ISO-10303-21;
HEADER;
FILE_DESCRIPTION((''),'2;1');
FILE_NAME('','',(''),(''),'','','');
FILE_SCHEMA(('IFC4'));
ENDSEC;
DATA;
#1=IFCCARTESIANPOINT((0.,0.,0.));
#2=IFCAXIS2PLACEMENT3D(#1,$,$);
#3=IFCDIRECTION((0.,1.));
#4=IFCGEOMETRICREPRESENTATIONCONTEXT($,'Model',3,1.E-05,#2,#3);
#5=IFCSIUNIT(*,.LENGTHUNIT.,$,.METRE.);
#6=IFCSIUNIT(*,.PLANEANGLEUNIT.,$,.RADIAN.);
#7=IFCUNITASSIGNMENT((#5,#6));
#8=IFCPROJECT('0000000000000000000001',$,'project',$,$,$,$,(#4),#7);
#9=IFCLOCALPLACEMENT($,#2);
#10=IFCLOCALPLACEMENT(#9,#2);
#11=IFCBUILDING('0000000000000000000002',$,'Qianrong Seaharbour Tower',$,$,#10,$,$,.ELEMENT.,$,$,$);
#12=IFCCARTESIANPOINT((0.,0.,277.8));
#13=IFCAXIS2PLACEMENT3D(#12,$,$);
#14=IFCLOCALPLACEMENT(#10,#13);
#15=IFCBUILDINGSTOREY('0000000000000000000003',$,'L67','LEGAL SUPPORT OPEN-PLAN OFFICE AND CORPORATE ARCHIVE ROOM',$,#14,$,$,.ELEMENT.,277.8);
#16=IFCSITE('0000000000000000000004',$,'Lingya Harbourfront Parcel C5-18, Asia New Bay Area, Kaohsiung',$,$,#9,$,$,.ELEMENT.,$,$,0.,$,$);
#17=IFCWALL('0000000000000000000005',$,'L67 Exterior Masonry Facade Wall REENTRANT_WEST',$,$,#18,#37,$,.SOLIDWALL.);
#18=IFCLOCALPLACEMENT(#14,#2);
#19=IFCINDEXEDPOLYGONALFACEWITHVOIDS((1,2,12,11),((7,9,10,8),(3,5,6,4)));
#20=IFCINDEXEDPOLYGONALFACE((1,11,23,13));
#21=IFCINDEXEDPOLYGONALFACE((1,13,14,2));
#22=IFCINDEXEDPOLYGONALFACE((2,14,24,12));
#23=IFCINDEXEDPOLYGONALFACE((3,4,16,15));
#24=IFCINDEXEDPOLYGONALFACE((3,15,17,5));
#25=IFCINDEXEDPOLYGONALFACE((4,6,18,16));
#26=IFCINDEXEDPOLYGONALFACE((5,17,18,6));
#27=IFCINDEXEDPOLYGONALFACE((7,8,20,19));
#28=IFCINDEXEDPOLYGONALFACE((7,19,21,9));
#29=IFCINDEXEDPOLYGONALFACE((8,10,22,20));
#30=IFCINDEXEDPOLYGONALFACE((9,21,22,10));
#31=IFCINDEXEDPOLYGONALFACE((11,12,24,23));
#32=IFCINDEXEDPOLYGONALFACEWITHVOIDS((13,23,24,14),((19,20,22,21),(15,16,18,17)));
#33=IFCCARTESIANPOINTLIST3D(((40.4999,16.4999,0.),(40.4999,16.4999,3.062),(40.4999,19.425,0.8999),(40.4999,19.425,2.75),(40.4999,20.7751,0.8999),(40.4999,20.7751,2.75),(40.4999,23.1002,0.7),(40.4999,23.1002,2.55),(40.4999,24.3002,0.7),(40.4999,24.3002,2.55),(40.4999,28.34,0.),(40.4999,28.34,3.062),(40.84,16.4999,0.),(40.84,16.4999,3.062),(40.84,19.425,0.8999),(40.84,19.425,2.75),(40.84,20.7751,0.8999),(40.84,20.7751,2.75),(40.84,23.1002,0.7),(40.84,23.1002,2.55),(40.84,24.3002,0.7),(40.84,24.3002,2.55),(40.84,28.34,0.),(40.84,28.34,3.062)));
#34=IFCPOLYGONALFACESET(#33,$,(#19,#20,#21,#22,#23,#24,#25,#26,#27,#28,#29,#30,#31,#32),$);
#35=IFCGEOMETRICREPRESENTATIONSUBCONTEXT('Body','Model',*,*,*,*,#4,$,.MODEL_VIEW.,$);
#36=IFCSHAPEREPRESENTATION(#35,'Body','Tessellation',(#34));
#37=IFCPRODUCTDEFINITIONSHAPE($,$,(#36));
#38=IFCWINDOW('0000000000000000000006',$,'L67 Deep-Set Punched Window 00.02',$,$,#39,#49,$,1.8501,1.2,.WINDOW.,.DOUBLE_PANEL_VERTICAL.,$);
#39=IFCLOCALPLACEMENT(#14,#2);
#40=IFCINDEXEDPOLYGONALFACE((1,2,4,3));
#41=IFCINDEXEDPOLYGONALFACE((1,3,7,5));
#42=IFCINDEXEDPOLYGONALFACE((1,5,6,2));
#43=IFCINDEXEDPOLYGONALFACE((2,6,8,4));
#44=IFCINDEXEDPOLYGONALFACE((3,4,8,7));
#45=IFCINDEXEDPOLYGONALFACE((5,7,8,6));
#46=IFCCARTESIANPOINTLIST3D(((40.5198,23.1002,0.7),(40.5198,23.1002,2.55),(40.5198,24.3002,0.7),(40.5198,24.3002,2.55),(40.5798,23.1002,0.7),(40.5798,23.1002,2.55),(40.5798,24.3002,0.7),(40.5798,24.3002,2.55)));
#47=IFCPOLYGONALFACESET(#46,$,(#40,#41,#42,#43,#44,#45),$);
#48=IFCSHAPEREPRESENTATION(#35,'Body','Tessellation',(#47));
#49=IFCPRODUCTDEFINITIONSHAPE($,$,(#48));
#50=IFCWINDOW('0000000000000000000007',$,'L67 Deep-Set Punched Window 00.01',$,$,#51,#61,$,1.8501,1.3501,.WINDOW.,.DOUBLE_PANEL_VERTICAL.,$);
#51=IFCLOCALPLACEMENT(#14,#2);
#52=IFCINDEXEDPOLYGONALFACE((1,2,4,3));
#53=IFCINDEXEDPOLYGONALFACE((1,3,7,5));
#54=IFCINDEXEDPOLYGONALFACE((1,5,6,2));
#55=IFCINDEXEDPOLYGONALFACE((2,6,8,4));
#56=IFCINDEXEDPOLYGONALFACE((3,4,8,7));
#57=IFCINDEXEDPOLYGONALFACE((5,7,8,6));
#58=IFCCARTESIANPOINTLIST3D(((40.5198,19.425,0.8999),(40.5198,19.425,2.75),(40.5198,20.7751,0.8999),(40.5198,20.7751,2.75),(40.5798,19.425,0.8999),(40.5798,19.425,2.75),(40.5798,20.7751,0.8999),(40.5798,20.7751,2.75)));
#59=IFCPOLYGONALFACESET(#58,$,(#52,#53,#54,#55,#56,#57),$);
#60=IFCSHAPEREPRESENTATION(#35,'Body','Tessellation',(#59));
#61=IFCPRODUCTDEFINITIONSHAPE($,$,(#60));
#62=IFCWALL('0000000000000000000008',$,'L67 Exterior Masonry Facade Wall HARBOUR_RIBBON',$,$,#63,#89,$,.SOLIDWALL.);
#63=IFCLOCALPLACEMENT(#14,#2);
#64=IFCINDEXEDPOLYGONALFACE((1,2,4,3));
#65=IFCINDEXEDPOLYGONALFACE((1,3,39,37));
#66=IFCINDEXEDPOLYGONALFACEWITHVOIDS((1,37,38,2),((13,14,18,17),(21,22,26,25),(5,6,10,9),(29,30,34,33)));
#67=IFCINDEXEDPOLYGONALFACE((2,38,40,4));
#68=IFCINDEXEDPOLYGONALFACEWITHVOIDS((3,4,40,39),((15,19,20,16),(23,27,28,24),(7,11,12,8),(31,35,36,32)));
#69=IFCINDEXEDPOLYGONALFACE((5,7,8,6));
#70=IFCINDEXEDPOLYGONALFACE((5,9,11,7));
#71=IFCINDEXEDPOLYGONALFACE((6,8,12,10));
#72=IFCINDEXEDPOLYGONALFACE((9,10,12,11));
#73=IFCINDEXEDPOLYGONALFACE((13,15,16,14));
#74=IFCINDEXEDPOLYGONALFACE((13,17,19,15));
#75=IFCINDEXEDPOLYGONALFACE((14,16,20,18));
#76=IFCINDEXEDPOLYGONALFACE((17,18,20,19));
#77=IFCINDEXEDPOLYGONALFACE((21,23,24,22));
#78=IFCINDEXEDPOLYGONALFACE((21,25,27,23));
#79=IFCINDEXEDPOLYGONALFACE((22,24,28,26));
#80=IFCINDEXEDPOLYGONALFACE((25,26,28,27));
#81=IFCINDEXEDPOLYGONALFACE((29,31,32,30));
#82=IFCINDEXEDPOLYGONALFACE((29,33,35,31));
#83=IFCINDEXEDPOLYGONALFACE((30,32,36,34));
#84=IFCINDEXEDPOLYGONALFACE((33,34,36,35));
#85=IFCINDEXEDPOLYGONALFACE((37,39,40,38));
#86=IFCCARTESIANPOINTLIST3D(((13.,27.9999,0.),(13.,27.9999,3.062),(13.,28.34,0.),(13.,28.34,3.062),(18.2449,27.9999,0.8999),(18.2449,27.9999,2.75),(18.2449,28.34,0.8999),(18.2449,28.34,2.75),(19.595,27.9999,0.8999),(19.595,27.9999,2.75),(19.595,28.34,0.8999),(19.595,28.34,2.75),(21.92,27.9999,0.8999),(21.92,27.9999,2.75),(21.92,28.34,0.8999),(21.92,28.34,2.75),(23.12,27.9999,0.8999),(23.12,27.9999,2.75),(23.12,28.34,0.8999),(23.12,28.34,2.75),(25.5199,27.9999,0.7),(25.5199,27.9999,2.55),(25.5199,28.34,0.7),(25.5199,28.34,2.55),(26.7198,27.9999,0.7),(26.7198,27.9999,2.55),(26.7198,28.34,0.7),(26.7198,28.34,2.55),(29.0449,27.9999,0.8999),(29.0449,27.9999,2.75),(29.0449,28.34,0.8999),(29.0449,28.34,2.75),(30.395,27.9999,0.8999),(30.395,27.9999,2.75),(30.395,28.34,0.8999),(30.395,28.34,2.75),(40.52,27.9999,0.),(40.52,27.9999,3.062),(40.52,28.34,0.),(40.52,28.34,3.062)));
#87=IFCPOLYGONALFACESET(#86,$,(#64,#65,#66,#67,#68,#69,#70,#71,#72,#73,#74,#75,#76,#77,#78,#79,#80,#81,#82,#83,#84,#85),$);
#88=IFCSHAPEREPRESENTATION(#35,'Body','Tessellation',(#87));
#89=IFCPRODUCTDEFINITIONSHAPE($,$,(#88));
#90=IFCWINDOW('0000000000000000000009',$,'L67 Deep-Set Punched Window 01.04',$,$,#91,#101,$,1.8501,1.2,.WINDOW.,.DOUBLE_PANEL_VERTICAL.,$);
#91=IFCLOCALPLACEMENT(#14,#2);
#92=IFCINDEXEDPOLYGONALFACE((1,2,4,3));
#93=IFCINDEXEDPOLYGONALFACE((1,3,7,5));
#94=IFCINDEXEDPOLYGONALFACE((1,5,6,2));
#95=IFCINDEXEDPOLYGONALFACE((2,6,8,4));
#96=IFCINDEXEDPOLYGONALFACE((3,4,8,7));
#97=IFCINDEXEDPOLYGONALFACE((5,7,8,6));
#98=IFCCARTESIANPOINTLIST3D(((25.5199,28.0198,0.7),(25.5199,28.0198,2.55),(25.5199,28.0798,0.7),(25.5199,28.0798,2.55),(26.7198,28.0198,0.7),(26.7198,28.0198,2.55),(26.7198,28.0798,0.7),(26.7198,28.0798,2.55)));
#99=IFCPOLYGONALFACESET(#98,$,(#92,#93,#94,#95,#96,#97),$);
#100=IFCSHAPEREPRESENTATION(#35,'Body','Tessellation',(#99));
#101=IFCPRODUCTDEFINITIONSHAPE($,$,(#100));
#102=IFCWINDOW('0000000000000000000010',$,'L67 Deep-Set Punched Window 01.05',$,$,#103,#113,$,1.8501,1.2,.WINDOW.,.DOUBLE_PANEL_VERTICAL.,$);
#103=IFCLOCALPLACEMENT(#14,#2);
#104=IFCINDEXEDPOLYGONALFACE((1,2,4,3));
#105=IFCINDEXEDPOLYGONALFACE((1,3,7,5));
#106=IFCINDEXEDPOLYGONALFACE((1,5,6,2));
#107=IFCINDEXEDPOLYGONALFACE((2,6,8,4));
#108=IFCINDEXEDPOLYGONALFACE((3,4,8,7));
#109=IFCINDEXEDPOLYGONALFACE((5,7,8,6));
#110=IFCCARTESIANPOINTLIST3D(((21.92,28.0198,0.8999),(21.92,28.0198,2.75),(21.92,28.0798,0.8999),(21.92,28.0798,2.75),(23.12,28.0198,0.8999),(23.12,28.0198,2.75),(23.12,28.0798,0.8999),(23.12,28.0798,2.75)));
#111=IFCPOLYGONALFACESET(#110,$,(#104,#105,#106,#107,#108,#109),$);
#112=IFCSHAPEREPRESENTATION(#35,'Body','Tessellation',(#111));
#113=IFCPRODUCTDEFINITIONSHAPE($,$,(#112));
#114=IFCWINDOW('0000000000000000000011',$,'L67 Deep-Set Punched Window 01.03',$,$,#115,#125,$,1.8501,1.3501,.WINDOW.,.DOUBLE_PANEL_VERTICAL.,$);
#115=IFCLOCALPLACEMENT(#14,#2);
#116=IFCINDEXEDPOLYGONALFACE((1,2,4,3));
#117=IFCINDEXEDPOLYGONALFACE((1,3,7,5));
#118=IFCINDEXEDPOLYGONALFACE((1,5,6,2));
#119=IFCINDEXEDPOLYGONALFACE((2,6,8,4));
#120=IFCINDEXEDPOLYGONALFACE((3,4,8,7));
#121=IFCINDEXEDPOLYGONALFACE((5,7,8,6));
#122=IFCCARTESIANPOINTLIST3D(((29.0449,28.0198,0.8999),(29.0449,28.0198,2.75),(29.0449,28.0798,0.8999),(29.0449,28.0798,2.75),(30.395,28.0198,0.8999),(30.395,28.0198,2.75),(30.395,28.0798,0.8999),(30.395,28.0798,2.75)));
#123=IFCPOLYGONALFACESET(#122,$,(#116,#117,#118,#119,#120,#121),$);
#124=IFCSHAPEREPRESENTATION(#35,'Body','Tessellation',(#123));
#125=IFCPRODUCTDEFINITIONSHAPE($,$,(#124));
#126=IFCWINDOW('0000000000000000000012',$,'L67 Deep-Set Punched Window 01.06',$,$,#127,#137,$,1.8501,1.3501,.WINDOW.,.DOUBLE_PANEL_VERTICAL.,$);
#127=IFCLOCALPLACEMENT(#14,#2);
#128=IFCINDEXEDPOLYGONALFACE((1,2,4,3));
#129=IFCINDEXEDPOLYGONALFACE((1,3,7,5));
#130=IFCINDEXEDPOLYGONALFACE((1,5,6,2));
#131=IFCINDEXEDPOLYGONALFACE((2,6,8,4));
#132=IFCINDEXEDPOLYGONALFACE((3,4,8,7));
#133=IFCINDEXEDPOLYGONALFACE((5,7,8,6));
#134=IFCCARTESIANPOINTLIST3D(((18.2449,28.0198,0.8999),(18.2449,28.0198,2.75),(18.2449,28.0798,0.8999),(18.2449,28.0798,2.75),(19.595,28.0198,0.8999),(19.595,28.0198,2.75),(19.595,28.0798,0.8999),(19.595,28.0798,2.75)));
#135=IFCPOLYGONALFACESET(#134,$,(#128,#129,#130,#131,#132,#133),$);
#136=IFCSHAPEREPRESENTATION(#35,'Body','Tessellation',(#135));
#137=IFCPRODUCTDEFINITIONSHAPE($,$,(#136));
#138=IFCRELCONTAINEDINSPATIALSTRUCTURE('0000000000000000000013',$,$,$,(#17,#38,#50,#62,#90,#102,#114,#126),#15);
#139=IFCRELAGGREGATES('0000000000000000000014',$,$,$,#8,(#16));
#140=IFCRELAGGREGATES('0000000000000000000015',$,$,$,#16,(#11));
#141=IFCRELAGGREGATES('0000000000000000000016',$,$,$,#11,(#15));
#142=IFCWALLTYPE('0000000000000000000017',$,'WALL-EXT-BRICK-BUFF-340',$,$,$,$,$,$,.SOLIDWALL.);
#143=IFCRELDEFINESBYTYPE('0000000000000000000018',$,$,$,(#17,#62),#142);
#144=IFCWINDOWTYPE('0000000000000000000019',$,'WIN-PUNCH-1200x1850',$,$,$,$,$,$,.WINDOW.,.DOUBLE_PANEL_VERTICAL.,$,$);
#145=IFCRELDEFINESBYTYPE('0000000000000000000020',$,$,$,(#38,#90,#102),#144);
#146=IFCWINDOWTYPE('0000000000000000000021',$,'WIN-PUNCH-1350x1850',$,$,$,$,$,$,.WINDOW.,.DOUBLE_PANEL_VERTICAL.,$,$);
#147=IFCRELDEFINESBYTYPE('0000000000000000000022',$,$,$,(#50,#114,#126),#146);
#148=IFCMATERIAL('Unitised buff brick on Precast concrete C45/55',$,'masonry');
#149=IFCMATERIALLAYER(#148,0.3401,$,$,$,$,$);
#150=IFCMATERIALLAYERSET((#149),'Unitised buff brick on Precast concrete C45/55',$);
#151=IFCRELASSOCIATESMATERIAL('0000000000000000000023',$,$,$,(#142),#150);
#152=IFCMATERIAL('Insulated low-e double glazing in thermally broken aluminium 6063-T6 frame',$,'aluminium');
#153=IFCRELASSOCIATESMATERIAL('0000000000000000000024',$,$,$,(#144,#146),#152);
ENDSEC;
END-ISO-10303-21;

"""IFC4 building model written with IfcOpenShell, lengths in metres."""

from ifc_helpers import new_model, si_unit, direction, frame, frame_2d, origin, place, context, subcontext, project, spatial, rectangle, extrude, material, layer, layer_set, type_object, element, fill, save


model = new_model("IFC4")

# Units and contexts
model_context = context("Model", 3, precision=1e-05, world=origin(), true_north=direction((0.0, 1.0)))
body_context = subcontext(model_context, "Body", "Model", "MODEL_VIEW")
ifc_project = project(units=[si_unit("LENGTHUNIT", "METRE"), si_unit("PLANEANGLEUNIT", "RADIAN")], contexts=[model_context])

# Site, building, storey
site_placement = place(None, origin())
site = spatial("IfcSite", under=ifc_project, at=site_placement, Name="Lingya Harbourfront Parcel C5-18, Asia New Bay Area, Kaohsiung", CompositionType="ELEMENT", RefElevation=0.0)
building_placement = place(site_placement, origin())
building = spatial("IfcBuilding", under=site, at=building_placement, Name="Qianrong Seaharbour Tower", CompositionType="ELEMENT")
storey_placement = place(building_placement, frame((0.0, 0.0, 277.8)))
storey = spatial("IfcBuildingStorey", under=building, at=storey_placement, Name="L67", Description="LEGAL SUPPORT OPEN-PLAN OFFICE AND CORPORATE ARCHIVE ROOM", CompositionType="ELEMENT", Elevation=277.8)

# Walls, openings, windows
ifc_material_1 = material(Name="Unitised buff brick on Precast concrete C45/55", Category="masonry")
ifc_layer_1 = layer(ifc_material_1, 0.3401)
ifc_layer_set_1 = layer_set([ifc_layer_1], Name="Unitised buff brick on Precast concrete C45/55")
wall_type_1 = type_object("IfcWallType", Name="WALL-EXT-BRICK-BUFF-340", PredefinedType="SOLIDWALL", material=ifc_layer_set_1)
wall_1_placement = place(storey_placement, frame((40.6699, 16.5, 0.0), z_axis=(0.0, 0.0, 1.0), x_axis=(0.0, 1.0, 0.0)))
wall_1 = element("IfcWall", 1, at=wall_1_placement, inside=storey, type_object=wall_type_1, Name="L67 Exterior Masonry Facade Wall REENTRANT_WEST", PredefinedType="SOLIDWALL", context=body_context, shape_type="SweptSolid", body=[
    extrude(rectangle(XDim=11.8401, YDim=0.3401, at=frame_2d((5.9199, 0.0))), origin(), (0.0, 0.0, 1.0), 3.062),
])
opening_1_placement = place(wall_1_placement, frame((2.925, 0.0, 0.8999)))
opening_1 = element("IfcOpeningElement", 2, at=opening_1_placement, cuts=wall_1, PredefinedType="OPENING", context=body_context, shape_type="SweptSolid", body=[
    extrude(rectangle(XDim=1.3501, YDim=1.8501, at=frame_2d((0.675, 0.925))), frame((0.0, 0.1802, 0.0), z_axis=(0.0, -1.0, 0.0), x_axis=(1.0, 0.0, 0.0)), (0.0, 0.0, 1.0), 0.3601),
])
opening_2_placement = place(wall_1_placement, frame((6.6001, 0.0, 0.7)))
opening_2 = element("IfcOpeningElement", 3, at=opening_2_placement, cuts=wall_1, PredefinedType="OPENING", context=body_context, shape_type="SweptSolid", body=[
    extrude(rectangle(XDim=1.2, YDim=1.8501, at=frame_2d((0.6001, 0.925))), frame((0.0, 0.1802, 0.0), z_axis=(0.0, -1.0, 0.0), x_axis=(1.0, 0.0, 0.0)), (0.0, 0.0, 1.0), 0.3601),
])
ifc_material_2 = material(Name="Insulated low-e double glazing in thermally broken aluminium 6063-T6 frame", Category="aluminium")
window_type_1 = type_object("IfcWindowType", Name="WIN-PUNCH-1200x1850", PartitioningType="DOUBLE_PANEL_VERTICAL", PredefinedType="WINDOW", material=ifc_material_2)
window_1_placement = place(opening_2_placement, origin())
window_1 = element("IfcWindow", 4, at=window_1_placement, inside=storey, type_object=window_type_1, Name="L67 Deep-Set Punched Window 00.02", OverallHeight=1.8501, OverallWidth=1.2, PartitioningType="DOUBLE_PANEL_VERTICAL", PredefinedType="WINDOW", context=body_context, shape_type="SweptSolid", body=[
    extrude(rectangle(XDim=1.2, YDim=1.8501, at=frame_2d((0.6001, 0.925))), frame((0.0, 0.1501, 0.0), z_axis=(0.0, -1.0, 0.0), x_axis=(1.0, 0.0, 0.0)), (0.0, 0.0, 1.0), 0.0601),
])
fill(opening_2, window_1)
window_type_2 = type_object("IfcWindowType", Name="WIN-PUNCH-1350x1850", PartitioningType="DOUBLE_PANEL_VERTICAL", PredefinedType="WINDOW", material=ifc_material_2)
window_2_placement = place(opening_1_placement, origin())
window_2 = element("IfcWindow", 5, at=window_2_placement, inside=storey, type_object=window_type_2, Name="L67 Deep-Set Punched Window 00.01", OverallHeight=1.8501, OverallWidth=1.3501, PartitioningType="DOUBLE_PANEL_VERTICAL", PredefinedType="WINDOW", context=body_context, shape_type="SweptSolid", body=[
    extrude(rectangle(XDim=1.3501, YDim=1.8501, at=frame_2d((0.675, 0.925))), frame((0.0, 0.1501, 0.0), z_axis=(0.0, -1.0, 0.0), x_axis=(1.0, 0.0, 0.0)), (0.0, 0.0, 1.0), 0.0601),
])
fill(opening_1, window_2)
wall_2_placement = place(storey_placement, frame((40.52, 28.1699, 0.0), z_axis=(0.0, 0.0, 1.0), x_axis=(-1.0, 0.0, 0.0)))
wall_2 = element("IfcWall", 6, at=wall_2_placement, inside=storey, type_object=wall_type_1, Name="L67 Exterior Masonry Facade Wall HARBOUR_RIBBON", PredefinedType="SOLIDWALL", context=body_context, shape_type="SweptSolid", body=[
    extrude(rectangle(XDim=27.52, YDim=0.3401, at=frame_2d((13.76, 0.0))), origin(), (0.0, 0.0, 1.0), 3.062),
])
opening_3_placement = place(wall_2_placement, frame((10.125, 0.0, 0.8999)))
opening_3 = element("IfcOpeningElement", 7, at=opening_3_placement, cuts=wall_2, PredefinedType="OPENING", context=body_context, shape_type="SweptSolid", body=[
    extrude(rectangle(XDim=1.3501, YDim=1.8501, at=frame_2d((0.675, 0.925))), frame((0.0, 0.1802, 0.0), z_axis=(0.0, -1.0, 0.0), x_axis=(1.0, 0.0, 0.0)), (0.0, 0.0, 1.0), 0.3601),
])
opening_4_placement = place(wall_2_placement, frame((13.8, 0.0, 0.7)))
opening_4 = element("IfcOpeningElement", 8, at=opening_4_placement, cuts=wall_2, PredefinedType="OPENING", context=body_context, shape_type="SweptSolid", body=[
    extrude(rectangle(XDim=1.2, YDim=1.8501, at=frame_2d((0.6001, 0.925))), frame((0.0, 0.1802, 0.0), z_axis=(0.0, -1.0, 0.0), x_axis=(1.0, 0.0, 0.0)), (0.0, 0.0, 1.0), 0.3601),
])
opening_5_placement = place(wall_2_placement, frame((17.3999, 0.0, 0.8999)))
opening_5 = element("IfcOpeningElement", 9, at=opening_5_placement, cuts=wall_2, PredefinedType="OPENING", context=body_context, shape_type="SweptSolid", body=[
    extrude(rectangle(XDim=1.2, YDim=1.8501, at=frame_2d((0.6001, 0.925))), frame((0.0, 0.1802, 0.0), z_axis=(0.0, -1.0, 0.0), x_axis=(1.0, 0.0, 0.0)), (0.0, 0.0, 1.0), 0.3601),
])
opening_6_placement = place(wall_2_placement, frame((20.925, 0.0, 0.8999)))
opening_6 = element("IfcOpeningElement", 10, at=opening_6_placement, cuts=wall_2, PredefinedType="OPENING", context=body_context, shape_type="SweptSolid", body=[
    extrude(rectangle(XDim=1.3501, YDim=1.8501, at=frame_2d((0.675, 0.925))), frame((0.0, 0.1802, 0.0), z_axis=(0.0, -1.0, 0.0), x_axis=(1.0, 0.0, 0.0)), (0.0, 0.0, 1.0), 0.3601),
])
window_3_placement = place(opening_4_placement, origin())
window_3 = element("IfcWindow", 11, at=window_3_placement, inside=storey, type_object=window_type_1, Name="L67 Deep-Set Punched Window 01.04", OverallHeight=1.8501, OverallWidth=1.2, PartitioningType="DOUBLE_PANEL_VERTICAL", PredefinedType="WINDOW", context=body_context, shape_type="SweptSolid", body=[
    extrude(rectangle(XDim=1.2, YDim=1.8501, at=frame_2d((0.6001, 0.925))), frame((0.0, 0.1501, 0.0), z_axis=(0.0, -1.0, 0.0), x_axis=(1.0, 0.0, 0.0)), (0.0, 0.0, 1.0), 0.0601),
])
fill(opening_4, window_3)
window_4_placement = place(opening_5_placement, origin())
window_4 = element("IfcWindow", 12, at=window_4_placement, inside=storey, type_object=window_type_1, Name="L67 Deep-Set Punched Window 01.05", OverallHeight=1.8501, OverallWidth=1.2, PartitioningType="DOUBLE_PANEL_VERTICAL", PredefinedType="WINDOW", context=body_context, shape_type="SweptSolid", body=[
    extrude(rectangle(XDim=1.2, YDim=1.8501, at=frame_2d((0.6001, 0.925))), frame((0.0, 0.1501, 0.0), z_axis=(0.0, -1.0, 0.0), x_axis=(1.0, 0.0, 0.0)), (0.0, 0.0, 1.0), 0.0601),
])
fill(opening_5, window_4)
window_5_placement = place(opening_3_placement, origin())
window_5 = element("IfcWindow", 13, at=window_5_placement, inside=storey, type_object=window_type_2, Name="L67 Deep-Set Punched Window 01.03", OverallHeight=1.8501, OverallWidth=1.3501, PartitioningType="DOUBLE_PANEL_VERTICAL", PredefinedType="WINDOW", context=body_context, shape_type="SweptSolid", body=[
    extrude(rectangle(XDim=1.3501, YDim=1.8501, at=frame_2d((0.675, 0.925))), frame((0.0, 0.1501, 0.0), z_axis=(0.0, -1.0, 0.0), x_axis=(1.0, 0.0, 0.0)), (0.0, 0.0, 1.0), 0.0601),
])
fill(opening_3, window_5)
window_6_placement = place(opening_6_placement, origin())
window_6 = element("IfcWindow", 14, at=window_6_placement, inside=storey, type_object=window_type_2, Name="L67 Deep-Set Punched Window 01.06", OverallHeight=1.8501, OverallWidth=1.3501, PartitioningType="DOUBLE_PANEL_VERTICAL", PredefinedType="WINDOW", context=body_context, shape_type="SweptSolid", body=[
    extrude(rectangle(XDim=1.3501, YDim=1.8501, at=frame_2d((0.675, 0.925))), frame((0.0, 0.1501, 0.0), z_axis=(0.0, -1.0, 0.0), x_axis=(1.0, 0.0, 0.0)), (0.0, 0.0, 1.0), 0.0601),
])
fill(opening_6, window_6)

save(model, "model.ifc")
